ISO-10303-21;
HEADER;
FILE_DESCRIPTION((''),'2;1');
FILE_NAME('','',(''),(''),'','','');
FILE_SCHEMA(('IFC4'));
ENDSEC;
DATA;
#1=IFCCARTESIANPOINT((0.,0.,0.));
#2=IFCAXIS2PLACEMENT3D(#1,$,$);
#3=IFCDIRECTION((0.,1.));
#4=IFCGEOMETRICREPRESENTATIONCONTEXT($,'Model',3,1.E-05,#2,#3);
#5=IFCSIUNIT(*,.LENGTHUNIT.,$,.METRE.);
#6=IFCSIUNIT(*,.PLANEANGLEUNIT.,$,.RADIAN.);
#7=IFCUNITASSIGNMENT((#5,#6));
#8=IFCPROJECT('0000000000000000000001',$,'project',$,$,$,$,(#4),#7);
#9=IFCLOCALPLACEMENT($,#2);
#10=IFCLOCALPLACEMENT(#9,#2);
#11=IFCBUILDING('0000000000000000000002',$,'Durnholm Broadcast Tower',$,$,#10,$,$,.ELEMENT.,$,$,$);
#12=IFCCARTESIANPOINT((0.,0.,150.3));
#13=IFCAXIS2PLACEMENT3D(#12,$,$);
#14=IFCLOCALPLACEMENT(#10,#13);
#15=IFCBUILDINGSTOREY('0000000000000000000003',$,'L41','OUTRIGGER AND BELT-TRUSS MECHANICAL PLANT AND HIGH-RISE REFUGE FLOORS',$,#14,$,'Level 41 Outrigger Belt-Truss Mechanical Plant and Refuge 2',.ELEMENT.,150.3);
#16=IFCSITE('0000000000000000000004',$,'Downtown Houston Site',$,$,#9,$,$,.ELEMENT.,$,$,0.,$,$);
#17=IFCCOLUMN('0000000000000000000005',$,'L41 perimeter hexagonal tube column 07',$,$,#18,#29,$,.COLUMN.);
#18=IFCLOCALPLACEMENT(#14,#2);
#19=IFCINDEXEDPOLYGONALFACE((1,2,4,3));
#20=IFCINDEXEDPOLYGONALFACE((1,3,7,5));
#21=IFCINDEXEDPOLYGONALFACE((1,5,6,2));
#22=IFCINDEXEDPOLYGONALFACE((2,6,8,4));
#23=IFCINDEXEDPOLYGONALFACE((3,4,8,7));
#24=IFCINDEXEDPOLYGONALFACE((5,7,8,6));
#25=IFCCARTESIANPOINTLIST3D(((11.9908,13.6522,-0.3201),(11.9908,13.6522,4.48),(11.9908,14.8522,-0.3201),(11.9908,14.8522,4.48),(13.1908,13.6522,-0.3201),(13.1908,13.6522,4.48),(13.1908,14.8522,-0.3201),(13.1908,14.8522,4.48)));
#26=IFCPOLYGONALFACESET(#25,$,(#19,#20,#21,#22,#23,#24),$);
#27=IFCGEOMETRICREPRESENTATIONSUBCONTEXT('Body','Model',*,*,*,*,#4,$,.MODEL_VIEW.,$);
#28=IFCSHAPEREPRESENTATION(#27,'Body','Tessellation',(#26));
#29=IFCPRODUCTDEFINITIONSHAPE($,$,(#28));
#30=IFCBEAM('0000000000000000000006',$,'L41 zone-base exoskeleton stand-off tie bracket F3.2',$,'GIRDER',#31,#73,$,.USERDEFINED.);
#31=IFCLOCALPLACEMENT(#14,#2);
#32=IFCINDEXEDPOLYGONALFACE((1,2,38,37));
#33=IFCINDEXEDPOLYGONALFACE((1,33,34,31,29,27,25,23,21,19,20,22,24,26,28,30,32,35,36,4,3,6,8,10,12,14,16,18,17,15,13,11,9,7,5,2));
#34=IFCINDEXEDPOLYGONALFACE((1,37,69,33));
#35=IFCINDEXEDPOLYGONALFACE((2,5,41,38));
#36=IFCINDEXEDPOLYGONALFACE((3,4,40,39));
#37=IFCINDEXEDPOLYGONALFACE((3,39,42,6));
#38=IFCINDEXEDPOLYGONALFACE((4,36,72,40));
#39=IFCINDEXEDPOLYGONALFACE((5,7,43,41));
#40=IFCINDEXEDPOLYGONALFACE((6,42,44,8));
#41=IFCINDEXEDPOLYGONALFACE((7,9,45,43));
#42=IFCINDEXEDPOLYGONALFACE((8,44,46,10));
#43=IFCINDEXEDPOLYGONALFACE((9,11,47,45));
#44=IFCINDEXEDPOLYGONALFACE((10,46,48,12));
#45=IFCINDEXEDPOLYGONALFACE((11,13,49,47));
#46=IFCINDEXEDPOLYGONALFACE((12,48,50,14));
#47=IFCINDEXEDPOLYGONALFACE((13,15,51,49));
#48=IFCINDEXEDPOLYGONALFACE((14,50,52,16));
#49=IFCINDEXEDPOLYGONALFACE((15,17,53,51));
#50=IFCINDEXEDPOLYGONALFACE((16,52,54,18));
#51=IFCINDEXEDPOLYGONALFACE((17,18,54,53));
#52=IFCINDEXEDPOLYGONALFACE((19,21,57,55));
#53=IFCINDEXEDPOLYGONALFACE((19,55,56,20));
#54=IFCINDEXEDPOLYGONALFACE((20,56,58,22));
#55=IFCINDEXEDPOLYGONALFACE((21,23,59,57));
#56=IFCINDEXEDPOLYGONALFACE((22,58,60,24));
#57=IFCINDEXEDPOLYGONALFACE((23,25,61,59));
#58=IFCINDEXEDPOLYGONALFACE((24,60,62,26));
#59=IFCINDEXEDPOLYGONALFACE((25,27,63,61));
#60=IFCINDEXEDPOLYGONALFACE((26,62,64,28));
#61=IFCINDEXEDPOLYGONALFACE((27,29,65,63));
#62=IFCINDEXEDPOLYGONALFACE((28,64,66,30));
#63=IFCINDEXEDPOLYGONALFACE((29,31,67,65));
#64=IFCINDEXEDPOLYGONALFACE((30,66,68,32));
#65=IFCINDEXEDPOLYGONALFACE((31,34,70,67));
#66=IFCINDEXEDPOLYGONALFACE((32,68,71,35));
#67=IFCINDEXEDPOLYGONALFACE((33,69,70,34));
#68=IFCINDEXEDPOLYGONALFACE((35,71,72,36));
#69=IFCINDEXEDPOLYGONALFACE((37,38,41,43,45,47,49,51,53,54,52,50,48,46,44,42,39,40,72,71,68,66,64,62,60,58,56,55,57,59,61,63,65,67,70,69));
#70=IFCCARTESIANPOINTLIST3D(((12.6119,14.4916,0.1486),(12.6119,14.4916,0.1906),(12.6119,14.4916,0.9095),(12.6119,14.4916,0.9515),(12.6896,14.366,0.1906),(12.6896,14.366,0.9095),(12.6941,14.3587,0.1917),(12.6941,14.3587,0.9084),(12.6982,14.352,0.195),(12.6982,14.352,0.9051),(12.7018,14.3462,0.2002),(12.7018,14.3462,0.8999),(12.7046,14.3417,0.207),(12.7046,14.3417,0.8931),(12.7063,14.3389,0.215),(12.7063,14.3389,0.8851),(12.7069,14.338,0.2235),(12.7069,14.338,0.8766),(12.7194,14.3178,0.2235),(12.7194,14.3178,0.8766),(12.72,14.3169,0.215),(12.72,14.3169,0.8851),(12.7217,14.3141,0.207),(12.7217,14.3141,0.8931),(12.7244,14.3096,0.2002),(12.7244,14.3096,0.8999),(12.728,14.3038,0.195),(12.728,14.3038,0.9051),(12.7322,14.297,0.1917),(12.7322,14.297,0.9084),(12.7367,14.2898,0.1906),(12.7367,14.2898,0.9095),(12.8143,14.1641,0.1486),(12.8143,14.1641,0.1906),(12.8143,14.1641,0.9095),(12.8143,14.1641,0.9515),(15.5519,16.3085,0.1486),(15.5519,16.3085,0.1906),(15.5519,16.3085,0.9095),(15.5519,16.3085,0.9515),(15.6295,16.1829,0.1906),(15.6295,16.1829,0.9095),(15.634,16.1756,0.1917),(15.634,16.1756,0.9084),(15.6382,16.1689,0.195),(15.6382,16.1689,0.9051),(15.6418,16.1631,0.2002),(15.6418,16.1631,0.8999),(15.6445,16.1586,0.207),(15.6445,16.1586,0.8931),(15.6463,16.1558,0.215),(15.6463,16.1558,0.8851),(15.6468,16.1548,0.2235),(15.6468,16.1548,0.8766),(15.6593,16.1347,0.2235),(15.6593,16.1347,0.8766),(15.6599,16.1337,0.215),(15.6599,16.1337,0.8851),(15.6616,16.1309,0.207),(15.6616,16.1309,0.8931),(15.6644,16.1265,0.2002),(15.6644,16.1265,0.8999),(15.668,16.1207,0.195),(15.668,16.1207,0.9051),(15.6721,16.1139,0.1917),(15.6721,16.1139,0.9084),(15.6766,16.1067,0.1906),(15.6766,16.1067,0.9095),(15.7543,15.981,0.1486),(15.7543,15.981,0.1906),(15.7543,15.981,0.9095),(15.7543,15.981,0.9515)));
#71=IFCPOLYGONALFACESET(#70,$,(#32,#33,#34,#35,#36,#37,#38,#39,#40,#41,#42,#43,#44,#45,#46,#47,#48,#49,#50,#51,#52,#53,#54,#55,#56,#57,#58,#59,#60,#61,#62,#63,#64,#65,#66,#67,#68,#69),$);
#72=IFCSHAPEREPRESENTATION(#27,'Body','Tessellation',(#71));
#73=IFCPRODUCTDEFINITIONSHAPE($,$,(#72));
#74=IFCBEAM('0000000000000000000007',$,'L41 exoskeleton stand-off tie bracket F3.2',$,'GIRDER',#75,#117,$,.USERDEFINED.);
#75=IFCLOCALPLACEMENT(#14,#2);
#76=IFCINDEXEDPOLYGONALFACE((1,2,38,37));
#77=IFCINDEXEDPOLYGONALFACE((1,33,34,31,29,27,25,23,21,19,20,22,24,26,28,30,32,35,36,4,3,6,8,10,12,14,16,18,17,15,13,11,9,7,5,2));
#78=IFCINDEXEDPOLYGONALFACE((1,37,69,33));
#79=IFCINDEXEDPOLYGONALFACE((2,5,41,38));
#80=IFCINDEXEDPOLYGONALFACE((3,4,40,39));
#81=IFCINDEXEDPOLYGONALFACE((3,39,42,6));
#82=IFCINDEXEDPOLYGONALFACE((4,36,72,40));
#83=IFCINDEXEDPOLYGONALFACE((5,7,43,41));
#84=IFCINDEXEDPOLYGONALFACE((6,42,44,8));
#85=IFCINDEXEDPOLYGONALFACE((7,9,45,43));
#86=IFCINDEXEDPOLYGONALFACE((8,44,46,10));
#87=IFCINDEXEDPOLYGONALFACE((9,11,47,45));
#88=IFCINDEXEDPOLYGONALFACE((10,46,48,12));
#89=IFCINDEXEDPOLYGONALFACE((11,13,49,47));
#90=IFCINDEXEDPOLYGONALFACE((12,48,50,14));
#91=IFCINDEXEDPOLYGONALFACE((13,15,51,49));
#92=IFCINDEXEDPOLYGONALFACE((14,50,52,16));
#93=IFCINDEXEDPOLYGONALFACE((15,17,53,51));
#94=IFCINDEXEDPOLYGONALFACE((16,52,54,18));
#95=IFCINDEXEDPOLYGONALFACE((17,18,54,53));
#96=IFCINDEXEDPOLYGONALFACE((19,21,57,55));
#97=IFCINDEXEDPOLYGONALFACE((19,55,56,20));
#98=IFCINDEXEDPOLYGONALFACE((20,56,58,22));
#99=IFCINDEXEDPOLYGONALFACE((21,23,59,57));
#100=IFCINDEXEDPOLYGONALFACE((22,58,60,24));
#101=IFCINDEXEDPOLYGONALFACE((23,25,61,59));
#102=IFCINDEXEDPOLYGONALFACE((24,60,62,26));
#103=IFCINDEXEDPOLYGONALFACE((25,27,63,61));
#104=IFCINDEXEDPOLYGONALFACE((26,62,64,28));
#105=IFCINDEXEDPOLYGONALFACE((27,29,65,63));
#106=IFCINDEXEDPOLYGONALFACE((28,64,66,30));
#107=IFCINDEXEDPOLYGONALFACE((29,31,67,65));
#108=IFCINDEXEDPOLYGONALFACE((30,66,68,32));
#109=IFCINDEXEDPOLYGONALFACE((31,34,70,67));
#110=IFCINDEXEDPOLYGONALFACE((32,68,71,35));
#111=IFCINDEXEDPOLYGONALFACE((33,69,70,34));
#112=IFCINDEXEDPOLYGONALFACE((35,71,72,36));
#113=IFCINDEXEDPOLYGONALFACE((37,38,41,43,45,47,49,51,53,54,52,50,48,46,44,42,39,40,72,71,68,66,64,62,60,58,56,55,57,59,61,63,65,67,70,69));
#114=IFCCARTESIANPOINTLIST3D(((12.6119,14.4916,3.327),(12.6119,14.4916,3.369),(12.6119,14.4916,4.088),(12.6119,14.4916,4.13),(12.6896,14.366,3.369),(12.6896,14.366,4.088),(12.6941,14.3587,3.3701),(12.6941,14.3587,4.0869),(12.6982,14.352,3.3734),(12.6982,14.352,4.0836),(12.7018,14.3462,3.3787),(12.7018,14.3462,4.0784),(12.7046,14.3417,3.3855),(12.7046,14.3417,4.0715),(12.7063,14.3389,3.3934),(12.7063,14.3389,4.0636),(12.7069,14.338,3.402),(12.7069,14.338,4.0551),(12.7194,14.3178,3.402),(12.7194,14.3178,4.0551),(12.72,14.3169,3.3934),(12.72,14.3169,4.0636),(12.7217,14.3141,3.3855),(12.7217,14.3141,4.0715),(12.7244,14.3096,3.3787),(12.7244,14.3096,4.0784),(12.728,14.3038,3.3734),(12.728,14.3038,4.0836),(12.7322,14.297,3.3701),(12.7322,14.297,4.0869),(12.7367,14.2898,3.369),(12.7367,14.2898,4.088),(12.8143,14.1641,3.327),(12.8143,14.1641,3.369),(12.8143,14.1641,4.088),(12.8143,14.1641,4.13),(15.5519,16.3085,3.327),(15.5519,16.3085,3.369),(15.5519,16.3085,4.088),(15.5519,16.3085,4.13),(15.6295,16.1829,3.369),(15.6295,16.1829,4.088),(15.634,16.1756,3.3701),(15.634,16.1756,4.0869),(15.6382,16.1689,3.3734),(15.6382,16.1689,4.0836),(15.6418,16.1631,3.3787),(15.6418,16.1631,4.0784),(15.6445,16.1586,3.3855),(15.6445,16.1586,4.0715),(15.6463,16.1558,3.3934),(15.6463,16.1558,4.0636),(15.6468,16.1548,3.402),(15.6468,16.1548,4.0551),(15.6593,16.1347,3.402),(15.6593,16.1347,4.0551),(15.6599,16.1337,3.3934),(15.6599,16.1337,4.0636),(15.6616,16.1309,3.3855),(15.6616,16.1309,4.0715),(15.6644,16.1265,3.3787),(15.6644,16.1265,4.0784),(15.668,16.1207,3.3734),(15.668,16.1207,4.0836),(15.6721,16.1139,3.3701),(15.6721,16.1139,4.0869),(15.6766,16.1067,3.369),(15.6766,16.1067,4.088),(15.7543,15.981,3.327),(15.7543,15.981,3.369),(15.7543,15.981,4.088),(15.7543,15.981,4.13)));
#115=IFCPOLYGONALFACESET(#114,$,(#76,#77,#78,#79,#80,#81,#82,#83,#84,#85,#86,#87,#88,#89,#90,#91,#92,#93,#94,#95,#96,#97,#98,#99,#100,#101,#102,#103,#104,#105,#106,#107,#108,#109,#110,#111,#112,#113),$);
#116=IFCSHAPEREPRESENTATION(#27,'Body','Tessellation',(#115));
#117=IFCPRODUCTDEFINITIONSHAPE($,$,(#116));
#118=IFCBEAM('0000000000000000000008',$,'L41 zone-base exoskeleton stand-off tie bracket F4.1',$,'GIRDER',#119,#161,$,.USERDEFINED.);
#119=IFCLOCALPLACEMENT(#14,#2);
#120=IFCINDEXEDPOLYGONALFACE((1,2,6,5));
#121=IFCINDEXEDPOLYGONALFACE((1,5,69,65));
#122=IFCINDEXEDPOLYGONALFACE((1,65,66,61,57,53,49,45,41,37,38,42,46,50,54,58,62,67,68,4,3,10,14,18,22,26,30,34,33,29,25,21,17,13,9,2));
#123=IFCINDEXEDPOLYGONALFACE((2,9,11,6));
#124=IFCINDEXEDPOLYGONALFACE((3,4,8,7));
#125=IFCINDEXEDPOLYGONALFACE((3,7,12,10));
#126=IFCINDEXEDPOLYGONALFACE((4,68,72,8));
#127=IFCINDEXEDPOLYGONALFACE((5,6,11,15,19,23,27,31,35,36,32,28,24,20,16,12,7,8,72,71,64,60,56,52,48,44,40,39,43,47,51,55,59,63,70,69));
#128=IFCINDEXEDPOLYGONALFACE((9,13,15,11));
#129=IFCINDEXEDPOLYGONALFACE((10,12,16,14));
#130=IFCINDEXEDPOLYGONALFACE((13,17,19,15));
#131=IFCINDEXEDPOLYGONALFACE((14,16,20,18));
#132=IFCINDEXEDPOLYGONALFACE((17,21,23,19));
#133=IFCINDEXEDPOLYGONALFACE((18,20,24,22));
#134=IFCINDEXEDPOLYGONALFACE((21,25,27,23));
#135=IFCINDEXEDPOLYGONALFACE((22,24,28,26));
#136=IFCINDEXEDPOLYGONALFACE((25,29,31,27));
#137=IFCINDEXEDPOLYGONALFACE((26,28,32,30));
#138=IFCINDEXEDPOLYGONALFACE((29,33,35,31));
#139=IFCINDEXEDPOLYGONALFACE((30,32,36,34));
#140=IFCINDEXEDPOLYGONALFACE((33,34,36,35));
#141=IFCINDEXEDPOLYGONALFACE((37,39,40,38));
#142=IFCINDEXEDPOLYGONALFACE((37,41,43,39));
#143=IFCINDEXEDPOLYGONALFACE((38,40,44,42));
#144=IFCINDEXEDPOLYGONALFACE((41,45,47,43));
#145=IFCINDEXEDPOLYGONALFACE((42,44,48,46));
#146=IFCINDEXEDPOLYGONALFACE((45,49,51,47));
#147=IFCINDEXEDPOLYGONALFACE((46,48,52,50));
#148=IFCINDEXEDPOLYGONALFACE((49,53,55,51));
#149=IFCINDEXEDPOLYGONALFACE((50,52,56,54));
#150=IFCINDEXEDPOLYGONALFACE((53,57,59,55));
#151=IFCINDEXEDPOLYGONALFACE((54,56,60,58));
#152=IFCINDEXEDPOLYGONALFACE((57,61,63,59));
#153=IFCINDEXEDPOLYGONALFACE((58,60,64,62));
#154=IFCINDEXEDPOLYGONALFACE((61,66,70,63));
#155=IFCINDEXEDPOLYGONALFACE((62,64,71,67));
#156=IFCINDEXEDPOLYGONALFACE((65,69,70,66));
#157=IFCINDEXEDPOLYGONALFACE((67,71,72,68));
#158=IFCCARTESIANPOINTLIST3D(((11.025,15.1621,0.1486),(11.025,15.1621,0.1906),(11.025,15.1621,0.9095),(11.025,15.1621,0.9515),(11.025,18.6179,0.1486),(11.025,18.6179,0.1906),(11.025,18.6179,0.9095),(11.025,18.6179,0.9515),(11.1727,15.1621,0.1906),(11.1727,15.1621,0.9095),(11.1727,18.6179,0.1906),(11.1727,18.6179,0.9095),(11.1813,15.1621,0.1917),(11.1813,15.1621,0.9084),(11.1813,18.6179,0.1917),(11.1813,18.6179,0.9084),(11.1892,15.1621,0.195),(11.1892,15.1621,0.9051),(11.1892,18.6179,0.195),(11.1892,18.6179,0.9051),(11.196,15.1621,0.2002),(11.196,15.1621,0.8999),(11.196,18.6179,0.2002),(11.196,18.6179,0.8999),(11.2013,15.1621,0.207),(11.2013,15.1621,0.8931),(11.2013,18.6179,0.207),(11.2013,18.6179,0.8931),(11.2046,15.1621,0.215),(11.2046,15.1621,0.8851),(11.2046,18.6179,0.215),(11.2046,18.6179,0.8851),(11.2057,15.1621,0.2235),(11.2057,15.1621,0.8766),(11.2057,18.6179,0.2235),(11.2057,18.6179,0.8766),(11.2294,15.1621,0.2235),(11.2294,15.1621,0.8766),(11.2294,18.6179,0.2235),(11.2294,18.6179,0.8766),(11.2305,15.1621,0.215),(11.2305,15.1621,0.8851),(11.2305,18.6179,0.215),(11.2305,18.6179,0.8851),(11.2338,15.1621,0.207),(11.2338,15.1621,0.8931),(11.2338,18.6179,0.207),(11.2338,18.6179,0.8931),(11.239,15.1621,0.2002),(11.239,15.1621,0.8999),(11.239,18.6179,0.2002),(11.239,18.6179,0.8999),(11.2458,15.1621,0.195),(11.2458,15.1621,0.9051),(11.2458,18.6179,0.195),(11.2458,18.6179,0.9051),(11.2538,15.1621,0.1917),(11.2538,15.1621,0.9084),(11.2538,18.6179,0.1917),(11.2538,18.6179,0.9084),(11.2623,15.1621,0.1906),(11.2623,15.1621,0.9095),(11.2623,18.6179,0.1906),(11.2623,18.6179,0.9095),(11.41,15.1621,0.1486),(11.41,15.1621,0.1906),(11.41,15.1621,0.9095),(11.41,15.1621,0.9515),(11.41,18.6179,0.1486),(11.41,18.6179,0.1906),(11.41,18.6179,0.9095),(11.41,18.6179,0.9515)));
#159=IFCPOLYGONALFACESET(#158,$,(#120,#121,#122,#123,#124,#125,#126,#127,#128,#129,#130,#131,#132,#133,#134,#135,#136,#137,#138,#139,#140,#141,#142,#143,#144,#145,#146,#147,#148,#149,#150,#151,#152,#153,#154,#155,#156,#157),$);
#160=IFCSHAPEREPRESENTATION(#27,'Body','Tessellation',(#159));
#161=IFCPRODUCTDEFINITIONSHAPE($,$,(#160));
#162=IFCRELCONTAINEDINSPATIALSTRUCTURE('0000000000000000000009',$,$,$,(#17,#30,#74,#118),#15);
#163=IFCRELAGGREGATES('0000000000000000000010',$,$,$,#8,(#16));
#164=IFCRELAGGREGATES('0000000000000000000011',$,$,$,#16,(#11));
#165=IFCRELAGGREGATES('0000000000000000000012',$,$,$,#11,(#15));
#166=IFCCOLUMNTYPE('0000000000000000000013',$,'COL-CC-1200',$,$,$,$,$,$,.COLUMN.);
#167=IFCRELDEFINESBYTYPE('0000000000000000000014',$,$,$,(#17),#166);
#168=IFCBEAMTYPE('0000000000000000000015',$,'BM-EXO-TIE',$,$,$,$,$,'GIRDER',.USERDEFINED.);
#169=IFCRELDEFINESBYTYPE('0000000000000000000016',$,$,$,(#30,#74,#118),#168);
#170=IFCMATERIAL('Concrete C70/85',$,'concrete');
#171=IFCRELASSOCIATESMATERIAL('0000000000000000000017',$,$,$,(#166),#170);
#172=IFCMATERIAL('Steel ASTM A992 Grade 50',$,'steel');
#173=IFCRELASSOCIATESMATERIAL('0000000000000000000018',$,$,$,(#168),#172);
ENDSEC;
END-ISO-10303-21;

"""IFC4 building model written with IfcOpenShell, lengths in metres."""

from ifc_helpers import new_model, si_unit, direction, frame, origin, origin_2d, place, context, subcontext, project, spatial, rectangle, i_section, extrude, source, transform, mapped, material, material_profile, profile_set, type_object, type_shapes, element, save


model = new_model("IFC4")

# Units and contexts
model_context = context("Model", 3, precision=1e-05, world=origin(), true_north=direction((0.0, 1.0)))
body_context = subcontext(model_context, "Body", "Model", "MODEL_VIEW")
ifc_project = project(units=[si_unit("LENGTHUNIT", "METRE"), si_unit("PLANEANGLEUNIT", "RADIAN")], contexts=[model_context])

# Site, building, storey
site_placement = place(None, origin())
site = spatial("IfcSite", under=ifc_project, at=site_placement, Name="Downtown Houston Site", CompositionType="ELEMENT", RefElevation=0.0)
building_placement = place(site_placement, origin())
building = spatial("IfcBuilding", under=site, at=building_placement, Name="Durnholm Broadcast Tower", CompositionType="ELEMENT")
storey_placement = place(building_placement, frame((0.0, 0.0, 150.3)))
storey = spatial("IfcBuildingStorey", under=building, at=storey_placement, Name="L41", Description="OUTRIGGER AND BELT-TRUSS MECHANICAL PLANT AND HIGH-RISE REFUGE FLOORS", LongName="Level 41 Outrigger Belt-Truss Mechanical Plant and Refuge 2", CompositionType="ELEMENT", Elevation=150.3)

# Column
ifc_material_1 = material(Name="Concrete C70/85", Category="concrete")
ifc_material_profile_1 = material_profile(ifc_material_1, rectangle(XDim=1.2, YDim=1.2, at=origin_2d()), Name="RC1200X1200")
ifc_profile_set_1 = profile_set([ifc_material_profile_1], Name="Concrete C70/85")
column_type = type_object("IfcColumnType", Name="COL-CC-1200", PredefinedType="COLUMN", material=ifc_profile_set_1)
shared_shape_1 = source(origin(), body_context, "Body", "SweptSolid", [
    extrude(rectangle(XDim=1.2, YDim=1.2, at=origin_2d()), origin(), (0.0, 0.0, 1.0), 4.8),
])
type_shapes(column_type, [shared_shape_1])
column_placement = place(storey_placement, frame((12.5908, 14.2522, -0.3201), z_axis=(0.0, 0.0, 1.0), x_axis=(1.0, 0.0, 0.0)))
element("IfcColumn", 1, at=column_placement, inside=storey, type_object=column_type, Name="L41 perimeter hexagonal tube column 07", PredefinedType="COLUMN", context=body_context, shape_type="MappedRepresentation", body=[
    mapped(shared_shape_1, transform((0.0, 0.0, 0.0), x_axis=(1.0, 0.0, 0.0), y_axis=(0.0, 1.0, 0.0), z_axis=(0.0, 0.0, 1.0), scale=1.0)),
])

# Beams
ifc_material_2 = material(Name="Steel ASTM A992 Grade 50", Category="steel")
ifc_material_profile_2 = material_profile(ifc_material_2, i_section(OverallWidth=0.385, OverallDepth=0.803, WebThickness=0.0237, FlangeThickness=0.042, FilletRadius=0.033, at=origin_2d()), Name="W30X261")
ifc_profile_set_2 = profile_set([ifc_material_profile_2], Name="Steel ASTM A992 Grade 50")
beam_type_1 = type_object("IfcBeamType", Name="BM-EXO-TIE", ElementType="GIRDER", PredefinedType="USERDEFINED", material=ifc_profile_set_2)
shared_shape_2 = source(origin(), body_context, "Body", "SweptSolid", [
    extrude(i_section(OverallWidth=0.385, OverallDepth=0.803, WebThickness=0.0237, FlangeThickness=0.042, FilletRadius=0.033, at=origin_2d()), origin(), (0.0, 0.0, 1.0), 3.4561),
])
for number, where, z_axis, x_axis, name in (
    (2, (12.7131, 14.3279, 0.55), (0.850662, 0.525712, 0.0), (-0.525712, 0.850662, 0.0), "L41 zone-base exoskeleton stand-off tie bracket F3.2"),
    (3, (12.7131, 14.3279, 3.7285), (0.850662, 0.525712, 0.0), (-0.525712, 0.850662, 0.0), "L41 exoskeleton stand-off tie bracket F3.2"),
):
    element("IfcBeam", number, at=place(storey_placement, frame(where, z_axis=z_axis, x_axis=x_axis)), inside=storey, type_object=beam_type_1, Name=name, ObjectType="GIRDER", PredefinedType="USERDEFINED", context=body_context, shape_type="MappedRepresentation", body=[
        mapped(shared_shape_2, transform((0.0, 0.0, 0.0), x_axis=(1.0, 0.0, 0.0), y_axis=(0.0, 1.0, 0.0), z_axis=(0.0, 0.0, 1.0), scale=1.0)),
    ])
shared_shape_3 = source(origin(), body_context, "Body", "SweptSolid", [
    extrude(i_section(OverallWidth=0.385, OverallDepth=0.803, WebThickness=0.0237, FlangeThickness=0.042, FilletRadius=0.033, at=origin_2d()), origin(), (0.0, 0.0, 1.0), 3.4558),
])
for number, where, z_axis, x_axis, name in (
    (4, (11.2175, 15.1621, 0.55), (0.0, 1.0, 0.0), (-1.0, 0.0, 0.0), "L41 zone-base exoskeleton stand-off tie bracket F4.1"),
):
    element("IfcBeam", number, at=place(storey_placement, frame(where, z_axis=z_axis, x_axis=x_axis)), inside=storey, type_object=beam_type_1, Name=name, ObjectType="GIRDER", PredefinedType="USERDEFINED", context=body_context, shape_type="MappedRepresentation", body=[
        mapped(shared_shape_3, transform((0.0, 0.0, 0.0), x_axis=(1.0, 0.0, 0.0), y_axis=(0.0, 1.0, 0.0), z_axis=(0.0, 0.0, 1.0), scale=1.0)),
    ])

save(model, "model.ifc")
